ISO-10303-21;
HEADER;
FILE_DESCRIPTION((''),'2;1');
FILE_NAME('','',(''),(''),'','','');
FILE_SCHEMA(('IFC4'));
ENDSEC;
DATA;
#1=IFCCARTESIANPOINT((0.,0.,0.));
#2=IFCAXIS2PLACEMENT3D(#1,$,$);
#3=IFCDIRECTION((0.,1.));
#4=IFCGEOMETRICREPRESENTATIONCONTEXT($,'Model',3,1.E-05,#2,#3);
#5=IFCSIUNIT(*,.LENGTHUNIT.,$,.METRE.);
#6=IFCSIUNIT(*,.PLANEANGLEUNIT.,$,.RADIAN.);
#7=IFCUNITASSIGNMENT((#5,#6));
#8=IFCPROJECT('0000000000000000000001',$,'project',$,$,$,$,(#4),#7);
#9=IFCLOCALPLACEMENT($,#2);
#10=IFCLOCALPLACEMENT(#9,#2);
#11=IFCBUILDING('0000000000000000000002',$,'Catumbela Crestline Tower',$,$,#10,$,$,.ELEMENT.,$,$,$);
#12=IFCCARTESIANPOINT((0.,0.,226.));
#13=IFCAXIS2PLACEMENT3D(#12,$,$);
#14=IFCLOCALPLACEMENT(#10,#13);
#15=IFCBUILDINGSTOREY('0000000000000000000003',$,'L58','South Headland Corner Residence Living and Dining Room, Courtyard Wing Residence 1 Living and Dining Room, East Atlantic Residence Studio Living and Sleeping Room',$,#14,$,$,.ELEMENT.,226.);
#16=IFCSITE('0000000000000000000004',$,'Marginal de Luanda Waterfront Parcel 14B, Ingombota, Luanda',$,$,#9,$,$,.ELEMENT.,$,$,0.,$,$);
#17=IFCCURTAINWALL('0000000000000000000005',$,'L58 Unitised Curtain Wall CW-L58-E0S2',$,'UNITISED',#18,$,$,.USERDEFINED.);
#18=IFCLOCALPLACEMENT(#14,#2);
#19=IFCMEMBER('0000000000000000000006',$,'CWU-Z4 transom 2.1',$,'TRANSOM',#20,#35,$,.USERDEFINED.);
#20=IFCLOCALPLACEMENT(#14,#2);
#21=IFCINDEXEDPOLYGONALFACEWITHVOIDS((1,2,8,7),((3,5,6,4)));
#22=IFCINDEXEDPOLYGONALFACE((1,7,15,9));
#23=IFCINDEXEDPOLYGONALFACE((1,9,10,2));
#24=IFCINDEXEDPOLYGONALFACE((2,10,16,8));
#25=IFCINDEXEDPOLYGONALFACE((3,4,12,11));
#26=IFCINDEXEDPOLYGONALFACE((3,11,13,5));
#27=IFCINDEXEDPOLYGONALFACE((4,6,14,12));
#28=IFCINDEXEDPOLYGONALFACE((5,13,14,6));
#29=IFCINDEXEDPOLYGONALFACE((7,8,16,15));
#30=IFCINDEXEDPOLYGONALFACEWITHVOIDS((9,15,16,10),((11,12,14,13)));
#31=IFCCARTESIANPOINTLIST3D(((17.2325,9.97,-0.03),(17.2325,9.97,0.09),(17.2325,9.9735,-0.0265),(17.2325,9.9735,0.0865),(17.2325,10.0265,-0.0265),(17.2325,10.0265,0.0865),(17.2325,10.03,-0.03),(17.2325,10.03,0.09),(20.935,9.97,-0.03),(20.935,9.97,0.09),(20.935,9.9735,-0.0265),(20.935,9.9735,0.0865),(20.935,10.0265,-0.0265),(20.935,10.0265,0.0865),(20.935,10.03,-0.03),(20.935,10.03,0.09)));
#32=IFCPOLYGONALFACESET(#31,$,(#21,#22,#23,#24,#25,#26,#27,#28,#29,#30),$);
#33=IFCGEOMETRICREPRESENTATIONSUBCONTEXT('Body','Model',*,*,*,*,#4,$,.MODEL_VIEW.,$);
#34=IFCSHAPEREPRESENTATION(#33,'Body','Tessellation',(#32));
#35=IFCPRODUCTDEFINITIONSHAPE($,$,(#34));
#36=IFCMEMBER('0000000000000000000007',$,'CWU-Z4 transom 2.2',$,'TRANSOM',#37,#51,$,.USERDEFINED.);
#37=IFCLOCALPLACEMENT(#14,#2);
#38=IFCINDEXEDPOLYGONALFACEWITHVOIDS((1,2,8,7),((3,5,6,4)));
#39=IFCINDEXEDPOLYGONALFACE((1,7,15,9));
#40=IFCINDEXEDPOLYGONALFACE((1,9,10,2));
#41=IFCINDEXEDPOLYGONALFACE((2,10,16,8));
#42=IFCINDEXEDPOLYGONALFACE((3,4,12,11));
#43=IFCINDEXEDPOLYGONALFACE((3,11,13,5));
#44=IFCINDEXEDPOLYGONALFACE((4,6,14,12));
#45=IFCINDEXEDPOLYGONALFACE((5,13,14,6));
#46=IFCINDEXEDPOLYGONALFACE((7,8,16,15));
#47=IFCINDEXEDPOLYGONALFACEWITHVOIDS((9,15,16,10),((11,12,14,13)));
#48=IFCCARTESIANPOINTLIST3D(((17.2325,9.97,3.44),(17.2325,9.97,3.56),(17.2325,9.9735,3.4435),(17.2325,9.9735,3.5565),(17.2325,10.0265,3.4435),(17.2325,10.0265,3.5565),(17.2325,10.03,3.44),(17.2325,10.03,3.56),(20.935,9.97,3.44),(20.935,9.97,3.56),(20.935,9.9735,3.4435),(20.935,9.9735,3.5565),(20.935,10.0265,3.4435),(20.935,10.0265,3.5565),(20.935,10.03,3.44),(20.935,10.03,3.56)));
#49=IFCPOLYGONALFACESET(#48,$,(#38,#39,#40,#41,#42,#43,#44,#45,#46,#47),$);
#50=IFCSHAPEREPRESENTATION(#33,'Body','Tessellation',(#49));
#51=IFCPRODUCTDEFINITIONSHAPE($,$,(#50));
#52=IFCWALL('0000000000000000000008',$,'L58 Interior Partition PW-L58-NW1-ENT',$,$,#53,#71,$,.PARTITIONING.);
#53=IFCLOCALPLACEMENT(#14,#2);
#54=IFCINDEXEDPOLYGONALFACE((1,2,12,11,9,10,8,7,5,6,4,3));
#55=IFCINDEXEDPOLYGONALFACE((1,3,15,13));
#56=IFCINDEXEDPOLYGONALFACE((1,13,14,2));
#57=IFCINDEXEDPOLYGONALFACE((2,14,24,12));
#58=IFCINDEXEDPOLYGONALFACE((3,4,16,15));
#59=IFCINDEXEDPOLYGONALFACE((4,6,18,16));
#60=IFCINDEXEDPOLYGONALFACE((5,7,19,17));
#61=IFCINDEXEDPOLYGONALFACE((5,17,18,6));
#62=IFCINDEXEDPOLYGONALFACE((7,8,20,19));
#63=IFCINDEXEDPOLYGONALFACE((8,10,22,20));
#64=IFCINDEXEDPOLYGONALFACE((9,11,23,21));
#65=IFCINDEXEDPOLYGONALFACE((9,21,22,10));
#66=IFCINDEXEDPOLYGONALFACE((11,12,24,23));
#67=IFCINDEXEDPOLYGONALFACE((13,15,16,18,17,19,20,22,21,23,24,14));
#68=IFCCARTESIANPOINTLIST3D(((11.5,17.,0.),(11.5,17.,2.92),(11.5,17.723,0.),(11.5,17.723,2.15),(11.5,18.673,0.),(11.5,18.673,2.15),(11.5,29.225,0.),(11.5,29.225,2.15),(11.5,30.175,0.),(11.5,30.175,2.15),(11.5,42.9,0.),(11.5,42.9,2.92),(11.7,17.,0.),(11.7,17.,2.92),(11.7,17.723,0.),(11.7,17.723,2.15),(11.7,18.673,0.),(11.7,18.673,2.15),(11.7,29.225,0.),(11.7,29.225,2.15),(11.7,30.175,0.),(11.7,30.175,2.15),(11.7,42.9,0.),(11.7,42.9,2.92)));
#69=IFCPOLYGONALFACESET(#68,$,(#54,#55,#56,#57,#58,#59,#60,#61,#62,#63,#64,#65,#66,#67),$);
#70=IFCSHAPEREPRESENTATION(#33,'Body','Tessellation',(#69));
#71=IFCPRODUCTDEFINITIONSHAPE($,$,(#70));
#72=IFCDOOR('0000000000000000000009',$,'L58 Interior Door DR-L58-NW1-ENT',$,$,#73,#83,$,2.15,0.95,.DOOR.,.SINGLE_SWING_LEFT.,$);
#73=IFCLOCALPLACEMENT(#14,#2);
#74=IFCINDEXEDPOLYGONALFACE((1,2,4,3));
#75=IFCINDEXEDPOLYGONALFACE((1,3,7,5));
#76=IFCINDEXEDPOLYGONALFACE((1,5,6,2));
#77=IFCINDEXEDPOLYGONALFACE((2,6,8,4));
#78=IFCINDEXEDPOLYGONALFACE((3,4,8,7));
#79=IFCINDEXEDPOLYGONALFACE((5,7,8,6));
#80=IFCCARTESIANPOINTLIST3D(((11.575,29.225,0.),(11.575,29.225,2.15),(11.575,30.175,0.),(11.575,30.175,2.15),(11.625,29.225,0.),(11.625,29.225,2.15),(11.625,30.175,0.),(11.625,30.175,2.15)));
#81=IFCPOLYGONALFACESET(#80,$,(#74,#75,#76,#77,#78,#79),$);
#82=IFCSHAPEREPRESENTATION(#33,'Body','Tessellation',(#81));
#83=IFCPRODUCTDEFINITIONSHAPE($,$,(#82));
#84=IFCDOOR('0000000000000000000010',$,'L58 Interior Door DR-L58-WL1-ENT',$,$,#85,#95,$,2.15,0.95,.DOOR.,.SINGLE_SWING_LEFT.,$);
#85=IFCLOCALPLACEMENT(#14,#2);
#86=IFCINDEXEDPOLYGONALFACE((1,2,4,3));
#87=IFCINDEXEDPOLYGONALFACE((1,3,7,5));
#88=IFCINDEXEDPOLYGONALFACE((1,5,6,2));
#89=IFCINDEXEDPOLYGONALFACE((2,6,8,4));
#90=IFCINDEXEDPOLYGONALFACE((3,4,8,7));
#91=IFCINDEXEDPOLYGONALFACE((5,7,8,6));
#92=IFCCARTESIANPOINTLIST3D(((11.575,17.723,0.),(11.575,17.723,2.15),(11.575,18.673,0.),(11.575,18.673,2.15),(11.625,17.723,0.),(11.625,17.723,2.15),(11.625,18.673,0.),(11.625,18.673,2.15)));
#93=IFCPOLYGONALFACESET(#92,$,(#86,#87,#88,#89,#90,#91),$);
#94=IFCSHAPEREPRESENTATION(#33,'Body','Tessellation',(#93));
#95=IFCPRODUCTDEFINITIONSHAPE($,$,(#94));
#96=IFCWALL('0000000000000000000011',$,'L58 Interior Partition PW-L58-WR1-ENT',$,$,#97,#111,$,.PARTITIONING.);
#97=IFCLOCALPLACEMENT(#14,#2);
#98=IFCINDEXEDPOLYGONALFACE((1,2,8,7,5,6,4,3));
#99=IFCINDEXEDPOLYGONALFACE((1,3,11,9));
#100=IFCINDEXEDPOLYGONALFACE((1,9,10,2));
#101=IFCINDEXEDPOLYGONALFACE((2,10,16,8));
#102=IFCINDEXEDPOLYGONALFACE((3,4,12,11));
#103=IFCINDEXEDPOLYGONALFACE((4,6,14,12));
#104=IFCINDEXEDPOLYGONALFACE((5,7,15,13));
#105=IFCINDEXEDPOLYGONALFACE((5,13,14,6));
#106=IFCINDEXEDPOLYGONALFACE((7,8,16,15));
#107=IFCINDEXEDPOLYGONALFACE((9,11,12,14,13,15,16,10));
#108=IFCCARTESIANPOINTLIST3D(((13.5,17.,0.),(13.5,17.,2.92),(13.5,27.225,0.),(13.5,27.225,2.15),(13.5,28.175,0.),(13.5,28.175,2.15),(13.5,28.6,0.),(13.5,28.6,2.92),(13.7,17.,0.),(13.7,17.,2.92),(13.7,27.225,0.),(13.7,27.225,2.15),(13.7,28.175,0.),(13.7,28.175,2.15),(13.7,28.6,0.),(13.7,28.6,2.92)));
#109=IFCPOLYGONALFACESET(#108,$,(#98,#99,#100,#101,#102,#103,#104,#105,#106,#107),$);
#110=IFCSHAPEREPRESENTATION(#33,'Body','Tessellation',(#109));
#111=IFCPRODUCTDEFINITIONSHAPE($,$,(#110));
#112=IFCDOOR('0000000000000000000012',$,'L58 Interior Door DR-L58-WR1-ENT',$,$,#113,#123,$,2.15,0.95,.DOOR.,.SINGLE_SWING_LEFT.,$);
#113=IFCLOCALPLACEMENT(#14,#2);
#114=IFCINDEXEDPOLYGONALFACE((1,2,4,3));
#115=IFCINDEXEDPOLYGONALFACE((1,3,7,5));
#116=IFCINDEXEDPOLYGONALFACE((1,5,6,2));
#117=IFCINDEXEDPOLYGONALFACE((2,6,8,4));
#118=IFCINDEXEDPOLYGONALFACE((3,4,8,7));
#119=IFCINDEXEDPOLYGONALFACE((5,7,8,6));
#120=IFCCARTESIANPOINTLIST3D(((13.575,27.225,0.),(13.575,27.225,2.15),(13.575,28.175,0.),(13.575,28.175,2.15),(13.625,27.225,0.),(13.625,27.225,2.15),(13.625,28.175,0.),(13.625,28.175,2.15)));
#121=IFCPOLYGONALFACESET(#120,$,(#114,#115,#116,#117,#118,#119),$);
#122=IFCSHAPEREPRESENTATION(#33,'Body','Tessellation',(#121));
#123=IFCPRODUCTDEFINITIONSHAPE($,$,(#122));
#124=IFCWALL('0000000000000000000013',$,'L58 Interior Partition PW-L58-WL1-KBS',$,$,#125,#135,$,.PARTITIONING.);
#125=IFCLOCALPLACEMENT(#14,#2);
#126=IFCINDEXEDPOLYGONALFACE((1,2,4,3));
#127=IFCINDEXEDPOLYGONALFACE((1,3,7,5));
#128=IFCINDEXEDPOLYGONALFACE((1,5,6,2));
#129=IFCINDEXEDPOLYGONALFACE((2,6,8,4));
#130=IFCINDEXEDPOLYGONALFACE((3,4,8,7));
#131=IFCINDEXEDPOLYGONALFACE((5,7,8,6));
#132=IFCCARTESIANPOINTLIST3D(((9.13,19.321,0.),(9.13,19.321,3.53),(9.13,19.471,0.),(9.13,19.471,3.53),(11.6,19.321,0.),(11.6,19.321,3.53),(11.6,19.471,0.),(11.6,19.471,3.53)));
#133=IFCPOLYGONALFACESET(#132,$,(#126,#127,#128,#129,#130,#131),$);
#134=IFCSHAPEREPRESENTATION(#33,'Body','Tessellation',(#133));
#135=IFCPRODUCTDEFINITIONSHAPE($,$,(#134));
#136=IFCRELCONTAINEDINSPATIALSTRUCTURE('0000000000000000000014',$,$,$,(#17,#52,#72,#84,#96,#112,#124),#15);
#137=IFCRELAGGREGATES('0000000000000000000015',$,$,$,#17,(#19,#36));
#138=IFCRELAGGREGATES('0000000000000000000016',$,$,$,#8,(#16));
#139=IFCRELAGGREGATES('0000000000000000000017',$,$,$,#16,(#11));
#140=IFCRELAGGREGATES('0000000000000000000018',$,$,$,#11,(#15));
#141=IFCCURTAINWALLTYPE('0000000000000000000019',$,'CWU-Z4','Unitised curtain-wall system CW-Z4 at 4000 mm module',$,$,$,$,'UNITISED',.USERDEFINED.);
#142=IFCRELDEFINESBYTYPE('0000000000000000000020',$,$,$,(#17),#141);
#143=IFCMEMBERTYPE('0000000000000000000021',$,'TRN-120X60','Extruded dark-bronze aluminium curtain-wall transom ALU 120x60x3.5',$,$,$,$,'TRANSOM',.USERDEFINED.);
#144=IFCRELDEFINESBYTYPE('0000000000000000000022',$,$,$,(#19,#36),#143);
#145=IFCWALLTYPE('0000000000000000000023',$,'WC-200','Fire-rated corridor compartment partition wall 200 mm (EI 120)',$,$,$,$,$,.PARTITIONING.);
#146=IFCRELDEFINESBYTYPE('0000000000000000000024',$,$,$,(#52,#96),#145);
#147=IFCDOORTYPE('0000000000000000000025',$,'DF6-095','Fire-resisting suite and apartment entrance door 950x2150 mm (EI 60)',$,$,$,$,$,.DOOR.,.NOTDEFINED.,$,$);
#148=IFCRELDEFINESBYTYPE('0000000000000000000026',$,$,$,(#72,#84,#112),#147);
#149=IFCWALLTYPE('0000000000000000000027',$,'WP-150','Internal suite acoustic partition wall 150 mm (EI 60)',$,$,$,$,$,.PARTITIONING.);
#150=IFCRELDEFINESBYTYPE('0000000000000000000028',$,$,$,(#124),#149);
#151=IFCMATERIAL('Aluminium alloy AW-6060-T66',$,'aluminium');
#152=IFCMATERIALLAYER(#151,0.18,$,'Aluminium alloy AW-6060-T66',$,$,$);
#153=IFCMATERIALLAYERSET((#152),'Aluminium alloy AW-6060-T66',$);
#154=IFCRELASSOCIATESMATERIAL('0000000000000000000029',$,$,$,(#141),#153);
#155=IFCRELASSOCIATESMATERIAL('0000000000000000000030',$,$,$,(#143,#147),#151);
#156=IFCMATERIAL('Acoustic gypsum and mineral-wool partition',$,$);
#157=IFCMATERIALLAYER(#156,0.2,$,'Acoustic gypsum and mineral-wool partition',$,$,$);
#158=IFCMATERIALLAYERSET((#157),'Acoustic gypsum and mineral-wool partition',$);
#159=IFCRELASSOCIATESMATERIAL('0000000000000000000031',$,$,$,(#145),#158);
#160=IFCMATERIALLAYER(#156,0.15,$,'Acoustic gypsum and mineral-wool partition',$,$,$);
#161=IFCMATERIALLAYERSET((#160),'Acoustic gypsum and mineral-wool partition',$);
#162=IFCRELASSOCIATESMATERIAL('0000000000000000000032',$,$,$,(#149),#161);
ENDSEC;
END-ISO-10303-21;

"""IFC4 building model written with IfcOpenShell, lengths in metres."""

from ifc_helpers import new_model, si_unit, direction, frame, frame_2d, origin, origin_2d, place, context, subcontext, project, spatial, rectangle, hollow_rectangle, extrude, material, layer, layer_set, material_profile, profile_set, type_object, element, fill, aggregate, save


model = new_model("IFC4")

# Units and contexts
model_context = context("Model", 3, precision=1e-05, world=origin(), true_north=direction((0.0, 1.0)))
body_context = subcontext(model_context, "Body", "Model", "MODEL_VIEW")
ifc_project = project(units=[si_unit("LENGTHUNIT", "METRE"), si_unit("PLANEANGLEUNIT", "RADIAN")], contexts=[model_context])

# Site, building, storey
site_placement = place(None, origin())
site = spatial("IfcSite", under=ifc_project, at=site_placement, Name="Marginal de Luanda Waterfront Parcel 14B, Ingombota, Luanda", CompositionType="ELEMENT", RefElevation=0.0)
building_placement = place(site_placement, origin())
building = spatial("IfcBuilding", under=site, at=building_placement, Name="Catumbela Crestline Tower", CompositionType="ELEMENT")
storey_placement = place(building_placement, frame((0.0, 0.0, 226.0)))
storey = spatial("IfcBuildingStorey", under=building, at=storey_placement, Name="L58", Description="South Headland Corner Residence Living and Dining Room, Courtyard Wing Residence 1 Living and Dining Room, East Atlantic Residence Studio Living and Sleeping Room", CompositionType="ELEMENT", Elevation=226.0)

# Curtain wall, members
ifc_material_1 = material(Name="Aluminium alloy AW-6060-T66", Category="aluminium")
ifc_layer_1 = layer(ifc_material_1, 0.18, Name="Aluminium alloy AW-6060-T66")
ifc_layer_set_1 = layer_set([ifc_layer_1], Name="Aluminium alloy AW-6060-T66")
curtain_wall_type = type_object("IfcCurtainWallType", Name="CWU-Z4", Description="Unitised curtain-wall system CW-Z4 at 4000 mm module", ElementType="UNITISED", PredefinedType="USERDEFINED", material=ifc_layer_set_1)
curtain_wall_placement = place(storey_placement, origin())
curtain_wall = element("IfcCurtainWall", 1, at=curtain_wall_placement, inside=storey, type_object=curtain_wall_type, Name="L58 Unitised Curtain Wall CW-L58-E0S2", ObjectType="UNITISED", PredefinedType="USERDEFINED")
ifc_material_profile_1 = material_profile(ifc_material_1, hollow_rectangle(XDim=0.06, YDim=0.12, WallThickness=0.0035, at=origin_2d()), Name="ALU 120x60x3.5")
ifc_profile_set_1 = profile_set([ifc_material_profile_1], Name="Aluminium alloy AW-6060-T66")
member_type = type_object("IfcMemberType", Name="TRN-120X60", Description="Extruded dark-bronze aluminium curtain-wall transom ALU 120x60x3.5", ElementType="TRANSOM", PredefinedType="USERDEFINED", material=ifc_profile_set_1)
member_1_placement = place(storey_placement, frame((17.2325, 10.0, 0.03), z_axis=(1.0, 0.0, 0.0), x_axis=(0.0, 1.0, 0.0)))
member_1 = element("IfcMember", 2, at=member_1_placement, type_object=member_type, Name="CWU-Z4 transom 2.1", ObjectType="TRANSOM", PredefinedType="USERDEFINED", context=body_context, shape_type="SweptSolid", body=[
    extrude(hollow_rectangle(XDim=0.06, YDim=0.12, WallThickness=0.0035, at=origin_2d()), origin(), (0.0, 0.0, 1.0), 3.7025),
])
member_2_placement = place(storey_placement, frame((17.2325, 10.0, 3.5), z_axis=(1.0, 0.0, 0.0), x_axis=(0.0, 1.0, 0.0)))
member_2 = element("IfcMember", 3, at=member_2_placement, type_object=member_type, Name="CWU-Z4 transom 2.2", ObjectType="TRANSOM", PredefinedType="USERDEFINED", context=body_context, shape_type="SweptSolid", body=[
    extrude(hollow_rectangle(XDim=0.06, YDim=0.12, WallThickness=0.0035, at=origin_2d()), origin(), (0.0, 0.0, 1.0), 3.7025),
])
aggregate(curtain_wall, [member_1, member_2])

# Wall, openings, doors
ifc_material_2 = material(Name="Acoustic gypsum and mineral-wool partition")
ifc_layer_2 = layer(ifc_material_2, 0.2, Name="Acoustic gypsum and mineral-wool partition")
ifc_layer_set_2 = layer_set([ifc_layer_2], Name="Acoustic gypsum and mineral-wool partition")
wall_type_1 = type_object("IfcWallType", Name="WC-200", Description="Fire-rated corridor compartment partition wall 200 mm (EI 120)", PredefinedType="PARTITIONING", material=ifc_layer_set_2)
wall_1_placement = place(storey_placement, frame((11.6, 17.0, 0.0), z_axis=(0.0, 0.0, 1.0), x_axis=(0.0, 1.0, 0.0)))
wall_1 = element("IfcWall", 4, at=wall_1_placement, inside=storey, type_object=wall_type_1, Name="L58 Interior Partition PW-L58-NW1-ENT", PredefinedType="PARTITIONING", context=body_context, shape_type="SweptSolid", body=[
    extrude(rectangle(XDim=25.9, YDim=0.2, at=frame_2d((12.95, 0.0))), origin(), (0.0, 0.0, 1.0), 2.92),
])
opening_1_placement = place(wall_1_placement, frame((12.225, 0.0, 0.0)))
opening_1 = element("IfcOpeningElement", 5, at=opening_1_placement, cuts=wall_1, PredefinedType="OPENING", context=body_context, shape_type="SweptSolid", body=[
    extrude(rectangle(XDim=0.95, YDim=2.15, at=frame_2d((0.475, 1.075))), frame((0.0, 0.11, 0.0), z_axis=(0.0, -1.0, 0.0), x_axis=(1.0, 0.0, 0.0)), (0.0, 0.0, 1.0), 0.22),
])
opening_2_placement = place(wall_1_placement, frame((0.723, 0.0, 0.0)))
opening_2 = element("IfcOpeningElement", 6, at=opening_2_placement, cuts=wall_1, PredefinedType="OPENING", context=body_context, shape_type="SweptSolid", body=[
    extrude(rectangle(XDim=0.95, YDim=2.15, at=frame_2d((0.475, 1.075))), frame((0.0, 0.11, 0.0), z_axis=(0.0, -1.0, 0.0), x_axis=(1.0, 0.0, 0.0)), (0.0, 0.0, 1.0), 0.22),
])
door_type_1 = type_object("IfcDoorType", Name="DF6-095", Description="Fire-resisting suite and apartment entrance door 950x2150 mm (EI 60)", OperationType="NOTDEFINED", PredefinedType="DOOR", material=ifc_material_1)
door_1_placement = place(opening_1_placement, origin())
door_1 = element("IfcDoor", 7, at=door_1_placement, inside=storey, type_object=door_type_1, Name="L58 Interior Door DR-L58-NW1-ENT", OperationType="SINGLE_SWING_LEFT", OverallHeight=2.15, OverallWidth=0.95, PredefinedType="DOOR", context=body_context, shape_type="SweptSolid", body=[
    extrude(rectangle(XDim=0.95, YDim=2.15, at=frame_2d((0.475, 1.075))), frame((0.0, 0.025, 0.0), z_axis=(0.0, -1.0, 0.0), x_axis=(1.0, 0.0, 0.0)), (0.0, 0.0, 1.0), 0.05),
])
fill(opening_1, door_1)
door_2_placement = place(opening_2_placement, origin())
door_2 = element("IfcDoor", 8, at=door_2_placement, inside=storey, type_object=door_type_1, Name="L58 Interior Door DR-L58-WL1-ENT", OperationType="SINGLE_SWING_LEFT", OverallHeight=2.15, OverallWidth=0.95, PredefinedType="DOOR", context=body_context, shape_type="SweptSolid", body=[
    extrude(rectangle(XDim=0.95, YDim=2.15, at=frame_2d((0.475, 1.075))), frame((0.0, 0.025, 0.0), z_axis=(0.0, -1.0, 0.0), x_axis=(1.0, 0.0, 0.0)), (0.0, 0.0, 1.0), 0.05),
])
fill(opening_2, door_2)

# Wall, opening, door
wall_2_placement = place(storey_placement, frame((13.6, 17.0, 0.0), z_axis=(0.0, 0.0, 1.0), x_axis=(0.0, 1.0, 0.0)))
wall_2 = element("IfcWall", 9, at=wall_2_placement, inside=storey, type_object=wall_type_1, Name="L58 Interior Partition PW-L58-WR1-ENT", PredefinedType="PARTITIONING", context=body_context, shape_type="SweptSolid", body=[
    extrude(rectangle(XDim=11.6, YDim=0.2, at=frame_2d((5.8, 0.0))), origin(), (0.0, 0.0, 1.0), 2.92),
])
opening_3_placement = place(wall_2_placement, frame((10.225, 0.0, 0.0)))
opening_3 = element("IfcOpeningElement", 10, at=opening_3_placement, cuts=wall_2, PredefinedType="OPENING", context=body_context, shape_type="SweptSolid", body=[
    extrude(rectangle(XDim=0.95, YDim=2.15, at=frame_2d((0.475, 1.075))), frame((0.0, 0.11, 0.0), z_axis=(0.0, -1.0, 0.0), x_axis=(1.0, 0.0, 0.0)), (0.0, 0.0, 1.0), 0.22),
])
door_3_placement = place(opening_3_placement, origin())
door_3 = element("IfcDoor", 11, at=door_3_placement, inside=storey, type_object=door_type_1, Name="L58 Interior Door DR-L58-WR1-ENT", OperationType="SINGLE_SWING_LEFT", OverallHeight=2.15, OverallWidth=0.95, PredefinedType="DOOR", context=body_context, shape_type="SweptSolid", body=[
    extrude(rectangle(XDim=0.95, YDim=2.15, at=frame_2d((0.475, 1.075))), frame((0.0, 0.025, 0.0), z_axis=(0.0, -1.0, 0.0), x_axis=(1.0, 0.0, 0.0)), (0.0, 0.0, 1.0), 0.05),
])
fill(opening_3, door_3)

# Wall
ifc_layer_3 = layer(ifc_material_2, 0.15, Name="Acoustic gypsum and mineral-wool partition")
ifc_layer_set_3 = layer_set([ifc_layer_3], Name="Acoustic gypsum and mineral-wool partition")
wall_type_2 = type_object("IfcWallType", Name="WP-150", Description="Internal suite acoustic partition wall 150 mm (EI 60)", PredefinedType="PARTITIONING", material=ifc_layer_set_3)
wall_3_placement = place(storey_placement, frame((9.13, 19.396, 0.0), z_axis=(0.0, 0.0, 1.0), x_axis=(1.0, 0.0, 0.0)))
element("IfcWall", 12, at=wall_3_placement, inside=storey, type_object=wall_type_2, Name="L58 Interior Partition PW-L58-WL1-KBS", PredefinedType="PARTITIONING", context=body_context, shape_type="SweptSolid", body=[
    extrude(rectangle(XDim=2.47, YDim=0.15, at=frame_2d((1.235, 0.0))), origin(), (0.0, 0.0, 1.0), 3.53),
])

save(model, "model.ifc")
